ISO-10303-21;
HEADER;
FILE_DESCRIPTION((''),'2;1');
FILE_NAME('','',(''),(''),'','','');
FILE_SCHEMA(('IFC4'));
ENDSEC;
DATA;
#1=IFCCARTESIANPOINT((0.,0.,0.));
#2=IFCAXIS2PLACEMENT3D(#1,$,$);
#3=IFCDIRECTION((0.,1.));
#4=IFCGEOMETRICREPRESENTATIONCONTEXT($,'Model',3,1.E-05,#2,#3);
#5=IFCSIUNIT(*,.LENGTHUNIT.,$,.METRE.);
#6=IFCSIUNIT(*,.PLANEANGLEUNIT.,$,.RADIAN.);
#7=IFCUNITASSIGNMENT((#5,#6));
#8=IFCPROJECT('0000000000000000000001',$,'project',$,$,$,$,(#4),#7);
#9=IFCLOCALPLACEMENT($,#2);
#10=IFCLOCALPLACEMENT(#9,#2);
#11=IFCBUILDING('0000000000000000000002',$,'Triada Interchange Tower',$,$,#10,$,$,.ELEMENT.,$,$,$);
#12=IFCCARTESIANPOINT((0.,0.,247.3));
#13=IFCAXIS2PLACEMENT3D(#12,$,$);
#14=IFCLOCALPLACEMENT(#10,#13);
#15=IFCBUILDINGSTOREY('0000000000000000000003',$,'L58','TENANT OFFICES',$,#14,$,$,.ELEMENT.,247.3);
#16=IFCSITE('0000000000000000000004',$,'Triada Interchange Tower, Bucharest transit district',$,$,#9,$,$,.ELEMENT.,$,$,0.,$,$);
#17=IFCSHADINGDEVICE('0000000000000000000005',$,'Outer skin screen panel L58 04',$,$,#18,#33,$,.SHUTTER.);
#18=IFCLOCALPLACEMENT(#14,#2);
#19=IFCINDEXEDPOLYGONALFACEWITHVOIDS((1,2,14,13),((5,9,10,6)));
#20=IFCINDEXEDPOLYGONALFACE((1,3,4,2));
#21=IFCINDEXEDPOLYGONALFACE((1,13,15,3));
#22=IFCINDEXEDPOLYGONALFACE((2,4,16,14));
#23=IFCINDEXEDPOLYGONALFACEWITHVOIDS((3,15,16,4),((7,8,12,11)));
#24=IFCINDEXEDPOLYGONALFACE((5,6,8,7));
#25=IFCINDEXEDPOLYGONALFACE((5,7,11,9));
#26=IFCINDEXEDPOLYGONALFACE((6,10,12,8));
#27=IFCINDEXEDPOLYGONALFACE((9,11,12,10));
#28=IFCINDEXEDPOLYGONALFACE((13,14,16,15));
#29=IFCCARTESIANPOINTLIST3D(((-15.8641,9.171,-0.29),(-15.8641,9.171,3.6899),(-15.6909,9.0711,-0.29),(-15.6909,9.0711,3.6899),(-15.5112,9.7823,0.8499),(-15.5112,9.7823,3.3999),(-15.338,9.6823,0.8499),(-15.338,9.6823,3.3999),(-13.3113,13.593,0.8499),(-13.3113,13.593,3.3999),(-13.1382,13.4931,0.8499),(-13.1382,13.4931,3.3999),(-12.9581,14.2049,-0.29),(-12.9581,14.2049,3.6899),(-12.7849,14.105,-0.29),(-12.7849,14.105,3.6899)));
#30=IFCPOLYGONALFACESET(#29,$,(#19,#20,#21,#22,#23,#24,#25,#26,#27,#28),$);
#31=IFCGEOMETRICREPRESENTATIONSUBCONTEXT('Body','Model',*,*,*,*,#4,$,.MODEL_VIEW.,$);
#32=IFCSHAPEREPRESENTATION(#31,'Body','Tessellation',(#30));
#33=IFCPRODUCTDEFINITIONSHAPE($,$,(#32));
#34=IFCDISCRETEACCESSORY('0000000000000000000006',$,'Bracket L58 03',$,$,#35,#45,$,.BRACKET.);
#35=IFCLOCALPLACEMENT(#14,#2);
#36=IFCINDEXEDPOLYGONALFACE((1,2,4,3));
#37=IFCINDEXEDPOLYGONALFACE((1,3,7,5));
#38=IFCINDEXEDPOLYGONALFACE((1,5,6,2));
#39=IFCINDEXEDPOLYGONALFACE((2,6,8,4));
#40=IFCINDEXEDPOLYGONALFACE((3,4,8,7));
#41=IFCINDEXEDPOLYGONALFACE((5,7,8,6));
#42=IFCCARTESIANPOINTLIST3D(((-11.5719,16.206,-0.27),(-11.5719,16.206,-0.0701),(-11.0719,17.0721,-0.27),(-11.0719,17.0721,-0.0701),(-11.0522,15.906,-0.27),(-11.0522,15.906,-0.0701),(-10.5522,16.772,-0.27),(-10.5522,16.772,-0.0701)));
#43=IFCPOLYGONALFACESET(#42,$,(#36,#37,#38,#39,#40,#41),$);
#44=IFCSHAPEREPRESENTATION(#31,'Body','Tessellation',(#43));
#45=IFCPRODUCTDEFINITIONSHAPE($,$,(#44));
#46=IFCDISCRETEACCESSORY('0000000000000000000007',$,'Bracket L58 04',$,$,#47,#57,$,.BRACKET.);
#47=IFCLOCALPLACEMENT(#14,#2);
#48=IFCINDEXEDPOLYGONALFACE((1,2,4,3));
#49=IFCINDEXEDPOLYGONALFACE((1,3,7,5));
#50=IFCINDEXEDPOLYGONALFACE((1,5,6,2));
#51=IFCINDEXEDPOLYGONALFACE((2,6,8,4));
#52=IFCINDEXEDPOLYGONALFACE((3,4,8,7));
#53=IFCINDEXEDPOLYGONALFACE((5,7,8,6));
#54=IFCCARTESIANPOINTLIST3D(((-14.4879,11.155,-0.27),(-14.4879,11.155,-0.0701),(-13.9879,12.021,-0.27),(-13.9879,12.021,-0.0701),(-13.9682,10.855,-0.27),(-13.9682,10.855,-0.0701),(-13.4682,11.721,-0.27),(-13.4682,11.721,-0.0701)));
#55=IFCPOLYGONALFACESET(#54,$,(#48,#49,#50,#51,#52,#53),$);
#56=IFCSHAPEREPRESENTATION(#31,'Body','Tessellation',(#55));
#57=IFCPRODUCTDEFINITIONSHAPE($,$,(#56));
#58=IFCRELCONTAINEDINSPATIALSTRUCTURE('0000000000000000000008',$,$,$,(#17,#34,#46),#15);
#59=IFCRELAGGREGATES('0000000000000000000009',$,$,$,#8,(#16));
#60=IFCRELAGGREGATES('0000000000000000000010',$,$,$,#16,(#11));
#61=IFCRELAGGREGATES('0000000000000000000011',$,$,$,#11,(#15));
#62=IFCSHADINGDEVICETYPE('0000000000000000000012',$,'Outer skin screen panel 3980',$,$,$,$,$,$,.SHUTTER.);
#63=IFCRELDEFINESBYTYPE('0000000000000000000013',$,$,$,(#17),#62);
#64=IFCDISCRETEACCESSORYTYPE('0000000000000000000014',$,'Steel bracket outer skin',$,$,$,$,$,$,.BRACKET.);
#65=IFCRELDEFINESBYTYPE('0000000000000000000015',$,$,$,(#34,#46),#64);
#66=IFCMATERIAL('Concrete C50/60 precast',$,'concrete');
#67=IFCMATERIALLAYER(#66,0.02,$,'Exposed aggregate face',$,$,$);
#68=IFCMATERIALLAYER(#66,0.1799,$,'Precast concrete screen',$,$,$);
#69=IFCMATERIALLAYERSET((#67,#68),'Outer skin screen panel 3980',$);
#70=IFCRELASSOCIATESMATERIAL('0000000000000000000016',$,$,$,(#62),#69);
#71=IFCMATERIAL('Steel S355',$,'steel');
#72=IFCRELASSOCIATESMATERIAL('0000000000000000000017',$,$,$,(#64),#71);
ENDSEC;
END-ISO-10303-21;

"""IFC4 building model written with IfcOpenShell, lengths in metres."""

from ifc_helpers import new_model, si_unit, direction, frame, origin, origin_2d, place, context, subcontext, project, spatial, polyline, rectangle, outline, extrude, material, layer, layer_set, type_object, element, save


model = new_model("IFC4")

# Units and contexts
model_context = context("Model", 3, precision=1e-05, world=origin(), true_north=direction((0.0, 1.0)))
body_context = subcontext(model_context, "Body", "Model", "MODEL_VIEW")
ifc_project = project(units=[si_unit("LENGTHUNIT", "METRE"), si_unit("PLANEANGLEUNIT", "RADIAN")], contexts=[model_context])

# Site, building, storey
site_placement = place(None, origin())
site = spatial("IfcSite", under=ifc_project, at=site_placement, Name="Triada Interchange Tower, Bucharest transit district", CompositionType="ELEMENT", RefElevation=0.0)
building_placement = place(site_placement, origin())
building = spatial("IfcBuilding", under=site, at=building_placement, Name="Triada Interchange Tower", CompositionType="ELEMENT")
storey_placement = place(building_placement, frame((0.0, 0.0, 247.3)))
storey = spatial("IfcBuildingStorey", under=building, at=storey_placement, Name="L58", Description="TENANT OFFICES", CompositionType="ELEMENT", Elevation=247.3)

# Shading device
ifc_material_1 = material(Name="Concrete C50/60 precast", Category="concrete")
ifc_layer_1 = layer(ifc_material_1, 0.02, Name="Exposed aggregate face")
ifc_layer_2 = layer(ifc_material_1, 0.1799, Name="Precast concrete screen")
ifc_layer_set_1 = layer_set([ifc_layer_1, ifc_layer_2], Name="Outer skin screen panel 3980")
shading_device_type = type_object("IfcShadingDeviceType", Name="Outer skin screen panel 3980", PredefinedType="SHUTTER", material=ifc_layer_set_1)
shading_device_placement = place(storey_placement, frame((-12.7849, 14.105, -0.29), z_axis=(0.0, 0.0, 1.0), x_axis=(-0.499956, -0.866051, 0.0)))
element("IfcShadingDevice", 1, at=shading_device_placement, inside=storey, type_object=shading_device_type, Name="Outer skin screen panel L58 04", PredefinedType="SHUTTER", context=body_context, shape_type="SweptSolid", body=[
    extrude(outline(polyline([(0.0, 0.0), (5.8125, 0.0), (5.8125, 3.98), (0.0, 3.98), (0.0, 0.0)]), holes=[polyline([(0.7065, 1.1399), (0.7065, 3.6899), (5.1067, 3.6899), (5.1067, 1.1399), (0.7065, 1.1399)])]), frame((0.0, 0.0, 0.0), z_axis=(0.0, -1.0, 0.0), x_axis=(1.0, 0.0, 0.0)), (0.0, 0.0, 1.0), 0.2),
])

# Discrete accessories
ifc_material_2 = material(Name="Steel S355", Category="steel")
discrete_accessory_type = type_object("IfcDiscreteAccessoryType", Name="Steel bracket outer skin", PredefinedType="BRACKET", material=ifc_material_2)
for number, where, z_axis, x_axis, name in (
    (2, (-11.062, 16.489, -0.27), (0.0, 0.0, 1.0), (-0.86603, 0.499991, 0.0), "Bracket L58 03"),
    (3, (-13.978, 11.438, -0.27), (0.0, 0.0, 1.0), (-0.86603, 0.499991, 0.0), "Bracket L58 04"),
):
    element("IfcDiscreteAccessory", number, at=place(storey_placement, frame(where, z_axis=z_axis, x_axis=x_axis)), inside=storey, type_object=discrete_accessory_type, Name=name, PredefinedType="BRACKET", context=body_context, shape_type="SweptSolid", body=[
        extrude(rectangle(XDim=0.6001, YDim=1.0, at=origin_2d()), origin(), (0.0, 0.0, 1.0), 0.2),
    ])

save(model, "model.ifc")
